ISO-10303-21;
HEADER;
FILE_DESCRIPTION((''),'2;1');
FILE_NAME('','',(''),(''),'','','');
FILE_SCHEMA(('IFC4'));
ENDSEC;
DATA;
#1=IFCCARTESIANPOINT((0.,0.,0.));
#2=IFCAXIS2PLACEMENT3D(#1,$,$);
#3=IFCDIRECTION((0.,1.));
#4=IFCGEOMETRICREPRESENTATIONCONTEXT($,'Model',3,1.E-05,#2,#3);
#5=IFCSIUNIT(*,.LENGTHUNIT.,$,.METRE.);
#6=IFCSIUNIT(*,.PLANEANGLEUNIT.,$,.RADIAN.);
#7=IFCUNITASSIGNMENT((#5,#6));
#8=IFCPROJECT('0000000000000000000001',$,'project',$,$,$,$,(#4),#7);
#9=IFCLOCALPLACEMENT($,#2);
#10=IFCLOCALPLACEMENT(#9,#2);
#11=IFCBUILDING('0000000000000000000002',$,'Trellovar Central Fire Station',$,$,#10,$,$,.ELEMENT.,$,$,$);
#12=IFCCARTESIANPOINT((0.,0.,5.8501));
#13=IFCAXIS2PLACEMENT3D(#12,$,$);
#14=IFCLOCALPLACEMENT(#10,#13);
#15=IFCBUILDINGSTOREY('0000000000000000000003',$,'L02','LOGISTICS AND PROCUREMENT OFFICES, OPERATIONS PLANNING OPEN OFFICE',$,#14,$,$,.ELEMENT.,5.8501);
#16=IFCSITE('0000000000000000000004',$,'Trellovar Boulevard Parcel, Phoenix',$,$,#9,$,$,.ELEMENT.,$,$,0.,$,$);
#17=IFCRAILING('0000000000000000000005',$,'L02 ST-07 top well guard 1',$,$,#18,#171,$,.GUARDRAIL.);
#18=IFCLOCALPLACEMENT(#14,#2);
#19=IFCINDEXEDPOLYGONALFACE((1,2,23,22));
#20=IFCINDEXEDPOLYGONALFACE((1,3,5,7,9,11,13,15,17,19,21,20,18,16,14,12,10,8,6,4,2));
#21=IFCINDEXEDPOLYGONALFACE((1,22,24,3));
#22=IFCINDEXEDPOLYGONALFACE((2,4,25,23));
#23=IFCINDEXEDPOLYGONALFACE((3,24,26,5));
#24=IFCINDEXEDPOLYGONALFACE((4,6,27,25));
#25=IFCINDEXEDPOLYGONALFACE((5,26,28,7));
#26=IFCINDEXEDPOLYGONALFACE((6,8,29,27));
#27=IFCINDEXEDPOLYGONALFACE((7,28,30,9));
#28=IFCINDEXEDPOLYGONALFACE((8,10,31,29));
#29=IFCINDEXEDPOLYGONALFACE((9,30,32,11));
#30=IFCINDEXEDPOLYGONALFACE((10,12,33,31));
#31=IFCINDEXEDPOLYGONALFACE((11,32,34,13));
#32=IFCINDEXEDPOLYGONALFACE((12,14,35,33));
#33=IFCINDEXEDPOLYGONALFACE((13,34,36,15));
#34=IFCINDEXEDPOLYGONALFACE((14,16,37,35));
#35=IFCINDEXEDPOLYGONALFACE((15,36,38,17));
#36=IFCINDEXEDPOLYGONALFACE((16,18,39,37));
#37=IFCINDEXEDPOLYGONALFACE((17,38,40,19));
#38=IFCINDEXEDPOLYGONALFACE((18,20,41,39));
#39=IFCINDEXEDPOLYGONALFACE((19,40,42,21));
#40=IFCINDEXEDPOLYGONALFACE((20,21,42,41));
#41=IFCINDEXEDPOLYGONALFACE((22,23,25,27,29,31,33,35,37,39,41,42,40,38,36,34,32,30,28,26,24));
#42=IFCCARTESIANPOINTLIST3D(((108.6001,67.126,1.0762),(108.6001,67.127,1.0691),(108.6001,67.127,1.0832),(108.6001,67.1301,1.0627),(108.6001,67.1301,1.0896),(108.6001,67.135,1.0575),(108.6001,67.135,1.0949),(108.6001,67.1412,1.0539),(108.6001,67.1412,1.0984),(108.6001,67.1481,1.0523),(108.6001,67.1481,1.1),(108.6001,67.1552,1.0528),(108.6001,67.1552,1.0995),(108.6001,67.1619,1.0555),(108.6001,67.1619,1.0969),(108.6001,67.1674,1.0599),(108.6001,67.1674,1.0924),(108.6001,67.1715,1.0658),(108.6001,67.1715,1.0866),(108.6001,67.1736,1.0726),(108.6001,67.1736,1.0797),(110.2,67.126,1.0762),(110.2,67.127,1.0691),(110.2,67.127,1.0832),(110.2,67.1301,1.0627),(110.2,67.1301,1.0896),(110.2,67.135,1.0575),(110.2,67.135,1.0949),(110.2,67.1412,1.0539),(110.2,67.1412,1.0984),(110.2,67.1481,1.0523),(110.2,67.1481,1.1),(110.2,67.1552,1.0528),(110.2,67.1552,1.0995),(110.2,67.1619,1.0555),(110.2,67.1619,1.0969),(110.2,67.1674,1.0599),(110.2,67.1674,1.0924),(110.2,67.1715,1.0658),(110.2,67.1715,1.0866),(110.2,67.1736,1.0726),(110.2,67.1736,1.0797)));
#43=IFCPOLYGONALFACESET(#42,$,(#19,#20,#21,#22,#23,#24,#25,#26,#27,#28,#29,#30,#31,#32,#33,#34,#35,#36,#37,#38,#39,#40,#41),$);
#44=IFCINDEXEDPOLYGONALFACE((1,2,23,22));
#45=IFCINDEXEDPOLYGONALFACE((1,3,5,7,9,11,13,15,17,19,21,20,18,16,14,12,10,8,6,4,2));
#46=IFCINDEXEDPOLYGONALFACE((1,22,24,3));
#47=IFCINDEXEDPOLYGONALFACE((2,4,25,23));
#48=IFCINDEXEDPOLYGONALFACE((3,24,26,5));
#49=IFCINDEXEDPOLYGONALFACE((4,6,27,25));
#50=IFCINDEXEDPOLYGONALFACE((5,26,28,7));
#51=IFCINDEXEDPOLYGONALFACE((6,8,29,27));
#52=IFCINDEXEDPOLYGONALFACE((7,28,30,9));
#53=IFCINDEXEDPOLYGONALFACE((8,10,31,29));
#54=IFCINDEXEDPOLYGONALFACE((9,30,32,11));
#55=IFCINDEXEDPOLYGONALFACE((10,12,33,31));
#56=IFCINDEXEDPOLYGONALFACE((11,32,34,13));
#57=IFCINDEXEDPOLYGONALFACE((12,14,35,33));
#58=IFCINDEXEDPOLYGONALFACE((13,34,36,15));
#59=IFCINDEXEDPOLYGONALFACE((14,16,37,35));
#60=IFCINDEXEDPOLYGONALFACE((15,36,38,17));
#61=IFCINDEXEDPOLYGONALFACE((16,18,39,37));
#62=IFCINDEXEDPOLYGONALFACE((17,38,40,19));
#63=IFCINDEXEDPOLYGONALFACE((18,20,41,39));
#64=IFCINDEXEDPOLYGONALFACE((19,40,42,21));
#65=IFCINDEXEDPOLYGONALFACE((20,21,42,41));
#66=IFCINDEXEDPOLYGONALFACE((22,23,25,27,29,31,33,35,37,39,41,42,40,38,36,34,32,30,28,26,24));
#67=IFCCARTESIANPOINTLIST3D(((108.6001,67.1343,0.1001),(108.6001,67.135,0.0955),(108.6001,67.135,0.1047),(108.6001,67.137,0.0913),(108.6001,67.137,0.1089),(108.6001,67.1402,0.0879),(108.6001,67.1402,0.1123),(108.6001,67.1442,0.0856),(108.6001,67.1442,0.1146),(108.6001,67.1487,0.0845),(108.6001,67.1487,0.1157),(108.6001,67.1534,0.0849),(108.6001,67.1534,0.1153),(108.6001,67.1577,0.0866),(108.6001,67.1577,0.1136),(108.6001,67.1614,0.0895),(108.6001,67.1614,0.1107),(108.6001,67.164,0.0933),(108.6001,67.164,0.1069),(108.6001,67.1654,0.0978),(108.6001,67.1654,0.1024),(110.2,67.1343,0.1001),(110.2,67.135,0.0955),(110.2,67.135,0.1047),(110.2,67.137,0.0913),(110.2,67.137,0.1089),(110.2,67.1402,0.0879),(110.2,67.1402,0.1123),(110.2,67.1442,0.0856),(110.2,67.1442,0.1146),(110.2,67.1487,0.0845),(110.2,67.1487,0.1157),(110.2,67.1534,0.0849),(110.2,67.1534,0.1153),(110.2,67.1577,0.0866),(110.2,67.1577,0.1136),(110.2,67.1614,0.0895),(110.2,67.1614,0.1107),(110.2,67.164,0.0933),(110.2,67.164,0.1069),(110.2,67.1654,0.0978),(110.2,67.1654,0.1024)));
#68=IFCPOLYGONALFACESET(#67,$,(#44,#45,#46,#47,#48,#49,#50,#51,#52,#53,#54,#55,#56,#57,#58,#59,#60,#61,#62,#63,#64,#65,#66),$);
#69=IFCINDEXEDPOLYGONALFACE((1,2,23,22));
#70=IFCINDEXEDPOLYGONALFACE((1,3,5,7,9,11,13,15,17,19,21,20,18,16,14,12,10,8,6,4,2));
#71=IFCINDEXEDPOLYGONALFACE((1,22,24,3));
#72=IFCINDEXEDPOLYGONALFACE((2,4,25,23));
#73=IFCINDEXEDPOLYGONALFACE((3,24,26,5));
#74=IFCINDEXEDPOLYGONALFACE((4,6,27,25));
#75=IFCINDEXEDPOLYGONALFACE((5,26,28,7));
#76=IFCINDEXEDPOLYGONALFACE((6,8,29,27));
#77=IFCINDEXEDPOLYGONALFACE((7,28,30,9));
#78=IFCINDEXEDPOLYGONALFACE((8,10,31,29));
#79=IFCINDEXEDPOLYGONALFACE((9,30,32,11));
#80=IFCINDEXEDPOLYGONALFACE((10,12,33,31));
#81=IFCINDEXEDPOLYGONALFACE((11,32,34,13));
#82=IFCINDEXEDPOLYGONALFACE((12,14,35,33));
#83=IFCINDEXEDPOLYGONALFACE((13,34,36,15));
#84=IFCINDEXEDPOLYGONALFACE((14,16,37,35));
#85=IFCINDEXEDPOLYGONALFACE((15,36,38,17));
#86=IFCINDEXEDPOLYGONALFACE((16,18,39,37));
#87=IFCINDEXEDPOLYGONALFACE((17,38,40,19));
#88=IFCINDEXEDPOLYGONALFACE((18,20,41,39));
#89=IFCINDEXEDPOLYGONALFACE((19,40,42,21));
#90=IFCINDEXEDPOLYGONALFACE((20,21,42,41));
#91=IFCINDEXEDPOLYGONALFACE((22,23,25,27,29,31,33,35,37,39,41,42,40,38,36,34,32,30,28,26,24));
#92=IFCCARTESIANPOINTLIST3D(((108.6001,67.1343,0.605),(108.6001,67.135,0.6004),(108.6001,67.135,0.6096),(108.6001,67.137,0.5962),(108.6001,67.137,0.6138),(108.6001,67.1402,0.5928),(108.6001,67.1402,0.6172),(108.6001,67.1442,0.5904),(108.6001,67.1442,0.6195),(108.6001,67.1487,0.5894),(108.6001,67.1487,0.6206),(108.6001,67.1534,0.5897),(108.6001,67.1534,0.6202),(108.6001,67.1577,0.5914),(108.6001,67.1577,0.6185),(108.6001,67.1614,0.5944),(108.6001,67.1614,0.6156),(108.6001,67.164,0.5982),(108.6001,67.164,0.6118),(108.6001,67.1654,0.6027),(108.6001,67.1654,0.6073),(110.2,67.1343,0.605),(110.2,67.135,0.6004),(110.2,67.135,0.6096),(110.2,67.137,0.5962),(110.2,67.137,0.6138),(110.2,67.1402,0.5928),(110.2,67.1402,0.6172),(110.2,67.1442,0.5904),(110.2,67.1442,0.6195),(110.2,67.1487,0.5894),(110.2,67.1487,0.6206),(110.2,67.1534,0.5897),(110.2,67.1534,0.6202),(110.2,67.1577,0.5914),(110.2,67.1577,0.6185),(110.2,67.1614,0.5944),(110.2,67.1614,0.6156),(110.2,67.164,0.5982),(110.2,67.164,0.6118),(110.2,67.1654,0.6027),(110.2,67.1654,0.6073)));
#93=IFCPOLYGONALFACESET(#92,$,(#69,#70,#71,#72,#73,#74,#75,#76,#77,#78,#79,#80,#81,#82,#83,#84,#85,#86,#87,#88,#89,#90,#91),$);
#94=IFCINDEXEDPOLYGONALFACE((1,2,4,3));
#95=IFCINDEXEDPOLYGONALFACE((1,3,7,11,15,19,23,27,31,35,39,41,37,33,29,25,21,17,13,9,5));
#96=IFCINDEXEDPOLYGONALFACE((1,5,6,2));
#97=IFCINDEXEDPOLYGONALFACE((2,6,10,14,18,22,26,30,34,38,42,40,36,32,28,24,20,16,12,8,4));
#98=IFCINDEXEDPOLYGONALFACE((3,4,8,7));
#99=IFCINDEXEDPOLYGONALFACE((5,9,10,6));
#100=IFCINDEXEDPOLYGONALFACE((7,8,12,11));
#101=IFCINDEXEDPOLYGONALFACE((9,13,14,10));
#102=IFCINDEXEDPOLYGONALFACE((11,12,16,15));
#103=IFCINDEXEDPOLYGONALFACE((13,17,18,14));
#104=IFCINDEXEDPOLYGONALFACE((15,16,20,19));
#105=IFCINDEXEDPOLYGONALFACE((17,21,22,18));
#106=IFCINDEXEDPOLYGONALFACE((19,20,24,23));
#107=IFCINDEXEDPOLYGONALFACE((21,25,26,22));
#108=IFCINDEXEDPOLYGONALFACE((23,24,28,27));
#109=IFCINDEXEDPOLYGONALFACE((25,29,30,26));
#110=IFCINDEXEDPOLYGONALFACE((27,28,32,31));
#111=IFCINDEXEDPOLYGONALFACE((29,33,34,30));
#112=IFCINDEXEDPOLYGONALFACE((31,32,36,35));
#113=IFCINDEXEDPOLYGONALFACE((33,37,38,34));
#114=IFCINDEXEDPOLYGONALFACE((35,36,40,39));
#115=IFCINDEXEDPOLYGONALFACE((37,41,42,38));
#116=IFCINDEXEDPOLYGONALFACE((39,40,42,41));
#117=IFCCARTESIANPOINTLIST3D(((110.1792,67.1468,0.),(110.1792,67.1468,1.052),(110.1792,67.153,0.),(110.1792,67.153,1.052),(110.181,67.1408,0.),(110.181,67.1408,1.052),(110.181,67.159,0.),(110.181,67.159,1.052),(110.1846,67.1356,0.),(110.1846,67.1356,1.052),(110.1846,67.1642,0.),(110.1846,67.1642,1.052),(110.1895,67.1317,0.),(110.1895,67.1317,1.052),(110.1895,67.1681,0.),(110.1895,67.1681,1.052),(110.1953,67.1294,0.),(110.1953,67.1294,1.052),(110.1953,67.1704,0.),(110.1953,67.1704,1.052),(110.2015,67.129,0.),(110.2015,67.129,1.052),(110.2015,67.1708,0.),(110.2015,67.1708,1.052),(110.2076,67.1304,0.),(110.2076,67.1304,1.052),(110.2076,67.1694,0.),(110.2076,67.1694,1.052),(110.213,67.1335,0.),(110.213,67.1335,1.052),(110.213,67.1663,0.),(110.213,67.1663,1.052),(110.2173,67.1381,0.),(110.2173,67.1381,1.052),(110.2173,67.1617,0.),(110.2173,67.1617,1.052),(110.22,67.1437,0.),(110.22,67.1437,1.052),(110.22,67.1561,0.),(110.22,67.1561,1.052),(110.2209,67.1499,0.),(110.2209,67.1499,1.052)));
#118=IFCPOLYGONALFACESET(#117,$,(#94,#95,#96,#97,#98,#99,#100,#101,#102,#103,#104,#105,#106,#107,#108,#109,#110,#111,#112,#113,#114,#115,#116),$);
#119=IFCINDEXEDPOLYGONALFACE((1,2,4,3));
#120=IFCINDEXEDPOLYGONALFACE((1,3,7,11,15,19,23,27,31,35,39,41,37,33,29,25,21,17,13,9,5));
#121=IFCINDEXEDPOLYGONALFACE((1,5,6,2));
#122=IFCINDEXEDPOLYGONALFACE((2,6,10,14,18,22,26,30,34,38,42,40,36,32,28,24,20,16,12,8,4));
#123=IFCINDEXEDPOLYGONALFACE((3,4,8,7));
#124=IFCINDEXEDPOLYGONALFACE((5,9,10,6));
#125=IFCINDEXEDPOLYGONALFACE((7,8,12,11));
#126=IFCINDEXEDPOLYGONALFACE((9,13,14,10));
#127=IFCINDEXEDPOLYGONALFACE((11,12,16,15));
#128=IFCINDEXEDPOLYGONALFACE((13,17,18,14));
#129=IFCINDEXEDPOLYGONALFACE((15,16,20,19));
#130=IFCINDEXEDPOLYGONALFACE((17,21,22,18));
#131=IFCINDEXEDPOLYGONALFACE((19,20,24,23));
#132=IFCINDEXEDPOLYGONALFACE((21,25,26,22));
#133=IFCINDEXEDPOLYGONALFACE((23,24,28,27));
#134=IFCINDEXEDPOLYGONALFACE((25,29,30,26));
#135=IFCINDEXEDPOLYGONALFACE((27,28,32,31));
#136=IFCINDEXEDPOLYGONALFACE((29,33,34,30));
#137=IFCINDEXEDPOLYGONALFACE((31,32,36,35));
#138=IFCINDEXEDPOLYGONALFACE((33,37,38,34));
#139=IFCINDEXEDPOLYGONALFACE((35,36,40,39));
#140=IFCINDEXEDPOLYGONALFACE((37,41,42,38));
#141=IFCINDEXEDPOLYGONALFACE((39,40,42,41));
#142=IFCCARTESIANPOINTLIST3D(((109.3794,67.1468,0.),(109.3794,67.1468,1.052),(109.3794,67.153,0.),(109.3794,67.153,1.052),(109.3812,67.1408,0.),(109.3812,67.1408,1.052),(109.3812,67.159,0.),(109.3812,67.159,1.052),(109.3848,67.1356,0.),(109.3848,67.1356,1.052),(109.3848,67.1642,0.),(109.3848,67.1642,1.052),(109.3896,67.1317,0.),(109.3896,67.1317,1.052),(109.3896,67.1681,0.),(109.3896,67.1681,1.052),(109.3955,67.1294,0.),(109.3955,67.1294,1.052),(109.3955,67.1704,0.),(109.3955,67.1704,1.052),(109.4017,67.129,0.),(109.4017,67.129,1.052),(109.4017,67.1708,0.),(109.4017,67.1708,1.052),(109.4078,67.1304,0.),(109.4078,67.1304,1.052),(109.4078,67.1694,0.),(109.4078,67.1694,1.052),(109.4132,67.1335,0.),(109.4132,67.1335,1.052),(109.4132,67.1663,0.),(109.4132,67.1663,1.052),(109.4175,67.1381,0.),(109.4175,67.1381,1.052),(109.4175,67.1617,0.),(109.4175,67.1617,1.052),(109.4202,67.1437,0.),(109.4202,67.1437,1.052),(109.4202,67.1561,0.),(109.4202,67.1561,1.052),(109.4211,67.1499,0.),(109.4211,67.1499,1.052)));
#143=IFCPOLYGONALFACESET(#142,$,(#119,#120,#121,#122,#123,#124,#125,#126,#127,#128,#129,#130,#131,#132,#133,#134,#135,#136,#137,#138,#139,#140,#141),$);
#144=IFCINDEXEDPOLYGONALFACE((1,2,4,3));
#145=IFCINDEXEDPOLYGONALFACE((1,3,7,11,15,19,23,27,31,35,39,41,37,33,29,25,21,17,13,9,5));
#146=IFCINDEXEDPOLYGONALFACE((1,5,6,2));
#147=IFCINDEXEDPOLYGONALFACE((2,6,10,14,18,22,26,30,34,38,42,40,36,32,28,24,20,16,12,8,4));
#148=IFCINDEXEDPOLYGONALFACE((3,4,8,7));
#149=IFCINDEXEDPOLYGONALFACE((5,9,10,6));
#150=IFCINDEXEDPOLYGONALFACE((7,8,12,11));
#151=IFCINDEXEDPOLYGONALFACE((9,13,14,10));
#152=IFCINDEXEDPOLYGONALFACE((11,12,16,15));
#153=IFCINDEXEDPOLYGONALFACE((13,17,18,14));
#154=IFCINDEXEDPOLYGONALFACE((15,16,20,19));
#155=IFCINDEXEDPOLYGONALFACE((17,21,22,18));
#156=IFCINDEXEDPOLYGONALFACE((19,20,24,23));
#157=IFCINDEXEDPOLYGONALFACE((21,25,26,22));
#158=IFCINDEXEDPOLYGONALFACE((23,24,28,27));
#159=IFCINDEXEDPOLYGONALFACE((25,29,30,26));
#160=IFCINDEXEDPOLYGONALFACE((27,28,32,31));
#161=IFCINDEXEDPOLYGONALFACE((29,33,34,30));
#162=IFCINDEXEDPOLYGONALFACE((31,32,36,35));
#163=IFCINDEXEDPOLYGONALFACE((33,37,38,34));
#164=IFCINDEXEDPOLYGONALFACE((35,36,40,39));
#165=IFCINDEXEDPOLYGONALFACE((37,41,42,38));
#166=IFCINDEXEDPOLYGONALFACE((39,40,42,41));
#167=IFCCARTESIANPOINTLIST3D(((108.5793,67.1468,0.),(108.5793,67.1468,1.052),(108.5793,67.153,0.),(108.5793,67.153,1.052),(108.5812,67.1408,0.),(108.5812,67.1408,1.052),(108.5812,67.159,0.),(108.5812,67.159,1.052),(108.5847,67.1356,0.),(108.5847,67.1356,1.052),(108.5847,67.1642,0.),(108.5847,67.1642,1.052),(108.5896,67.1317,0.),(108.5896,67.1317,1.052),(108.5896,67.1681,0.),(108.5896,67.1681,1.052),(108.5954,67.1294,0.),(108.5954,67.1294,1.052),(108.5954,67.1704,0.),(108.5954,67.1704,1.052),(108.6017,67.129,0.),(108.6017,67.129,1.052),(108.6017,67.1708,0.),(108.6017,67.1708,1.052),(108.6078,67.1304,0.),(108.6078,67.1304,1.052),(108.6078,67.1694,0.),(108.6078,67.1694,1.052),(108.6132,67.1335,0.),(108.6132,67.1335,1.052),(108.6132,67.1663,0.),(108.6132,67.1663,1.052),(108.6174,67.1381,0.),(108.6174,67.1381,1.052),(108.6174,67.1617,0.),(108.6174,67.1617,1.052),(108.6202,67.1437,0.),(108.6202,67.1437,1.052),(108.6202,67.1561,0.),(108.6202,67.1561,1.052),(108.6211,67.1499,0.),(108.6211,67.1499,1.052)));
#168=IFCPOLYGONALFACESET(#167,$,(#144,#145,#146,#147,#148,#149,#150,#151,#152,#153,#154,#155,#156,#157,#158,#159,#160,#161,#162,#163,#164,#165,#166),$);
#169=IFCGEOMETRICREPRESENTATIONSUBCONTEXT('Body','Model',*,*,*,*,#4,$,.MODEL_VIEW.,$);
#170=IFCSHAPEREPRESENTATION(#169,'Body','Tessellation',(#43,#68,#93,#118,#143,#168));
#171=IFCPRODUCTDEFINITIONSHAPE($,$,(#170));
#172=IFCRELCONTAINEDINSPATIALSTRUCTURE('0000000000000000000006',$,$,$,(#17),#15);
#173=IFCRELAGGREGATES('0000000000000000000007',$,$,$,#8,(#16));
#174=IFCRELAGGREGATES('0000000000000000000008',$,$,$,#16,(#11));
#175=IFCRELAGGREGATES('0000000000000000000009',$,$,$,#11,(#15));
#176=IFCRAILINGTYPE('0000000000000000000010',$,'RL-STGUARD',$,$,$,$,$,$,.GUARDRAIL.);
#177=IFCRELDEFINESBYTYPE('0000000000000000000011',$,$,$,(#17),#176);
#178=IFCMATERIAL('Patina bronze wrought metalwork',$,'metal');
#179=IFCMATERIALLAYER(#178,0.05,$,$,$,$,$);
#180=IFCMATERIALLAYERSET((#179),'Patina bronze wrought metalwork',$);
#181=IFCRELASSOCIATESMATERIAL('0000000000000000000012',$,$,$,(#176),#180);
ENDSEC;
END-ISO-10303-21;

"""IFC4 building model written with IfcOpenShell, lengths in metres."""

from ifc_helpers import new_model, si_unit, direction, frame, origin, origin_2d, place, context, subcontext, project, spatial, circle, extrude, material, layer, layer_set, type_object, element, save


model = new_model("IFC4")

# Units and contexts
model_context = context("Model", 3, precision=1e-05, world=origin(), true_north=direction((0.0, 1.0)))
body_context = subcontext(model_context, "Body", "Model", "MODEL_VIEW")
ifc_project = project(units=[si_unit("LENGTHUNIT", "METRE"), si_unit("PLANEANGLEUNIT", "RADIAN")], contexts=[model_context])

# Site, building, storey
site_placement = place(None, origin())
site = spatial("IfcSite", under=ifc_project, at=site_placement, Name="Trellovar Boulevard Parcel, Phoenix", CompositionType="ELEMENT", RefElevation=0.0)
building_placement = place(site_placement, origin())
building = spatial("IfcBuilding", under=site, at=building_placement, Name="Trellovar Central Fire Station", CompositionType="ELEMENT")
storey_placement = place(building_placement, frame((0.0, 0.0, 5.8501)))
storey = spatial("IfcBuildingStorey", under=building, at=storey_placement, Name="L02", Description="LOGISTICS AND PROCUREMENT OFFICES, OPERATIONS PLANNING OPEN OFFICE", CompositionType="ELEMENT", Elevation=5.8501)

# Railing
ifc_material_1 = material(Name="Patina bronze wrought metalwork", Category="metal")
ifc_layer_1 = layer(ifc_material_1, 0.05)
ifc_layer_set_1 = layer_set([ifc_layer_1], Name="Patina bronze wrought metalwork")
railing_type = type_object("IfcRailingType", Name="RL-STGUARD", PredefinedType="GUARDRAIL", material=ifc_layer_set_1)
railing_placement = place(storey_placement, frame((110.2, 67.1499, 0.0)))
element("IfcRailing", 1, at=railing_placement, inside=storey, type_object=railing_type, Name="L02 ST-07 top well guard 1", PredefinedType="GUARDRAIL", context=body_context, shape_type="SweptSolid", body=[
    extrude(circle(Radius=0.0239, at=origin_2d()), frame((0.0, 0.0, 1.0762), z_axis=(-1.0, 0.0, 0.0), x_axis=(0.0, -1.0, 0.0)), (0.0, 0.0, 1.0), 1.5999),
    extrude(circle(Radius=0.0156, at=origin_2d()), frame((0.0, 0.0, 0.1001), z_axis=(-1.0, 0.0, 0.0), x_axis=(0.0, -1.0, 0.0)), (0.0, 0.0, 1.0), 1.5999),
    extrude(circle(Radius=0.0156, at=origin_2d()), frame((0.0, 0.0, 0.605), z_axis=(-1.0, 0.0, 0.0), x_axis=(0.0, -1.0, 0.0)), (0.0, 0.0, 1.0), 1.5999),
    extrude(circle(Radius=0.021, at=origin_2d()), origin(), (0.0, 0.0, 1.0), 1.052),
    extrude(circle(Radius=0.021, at=origin_2d()), frame((-0.7998, 0.0, 0.0)), (0.0, 0.0, 1.0), 1.052),
    extrude(circle(Radius=0.021, at=origin_2d()), frame((-1.5999, 0.0, 0.0)), (0.0, 0.0, 1.0), 1.052),
])

save(model, "model.ifc")
